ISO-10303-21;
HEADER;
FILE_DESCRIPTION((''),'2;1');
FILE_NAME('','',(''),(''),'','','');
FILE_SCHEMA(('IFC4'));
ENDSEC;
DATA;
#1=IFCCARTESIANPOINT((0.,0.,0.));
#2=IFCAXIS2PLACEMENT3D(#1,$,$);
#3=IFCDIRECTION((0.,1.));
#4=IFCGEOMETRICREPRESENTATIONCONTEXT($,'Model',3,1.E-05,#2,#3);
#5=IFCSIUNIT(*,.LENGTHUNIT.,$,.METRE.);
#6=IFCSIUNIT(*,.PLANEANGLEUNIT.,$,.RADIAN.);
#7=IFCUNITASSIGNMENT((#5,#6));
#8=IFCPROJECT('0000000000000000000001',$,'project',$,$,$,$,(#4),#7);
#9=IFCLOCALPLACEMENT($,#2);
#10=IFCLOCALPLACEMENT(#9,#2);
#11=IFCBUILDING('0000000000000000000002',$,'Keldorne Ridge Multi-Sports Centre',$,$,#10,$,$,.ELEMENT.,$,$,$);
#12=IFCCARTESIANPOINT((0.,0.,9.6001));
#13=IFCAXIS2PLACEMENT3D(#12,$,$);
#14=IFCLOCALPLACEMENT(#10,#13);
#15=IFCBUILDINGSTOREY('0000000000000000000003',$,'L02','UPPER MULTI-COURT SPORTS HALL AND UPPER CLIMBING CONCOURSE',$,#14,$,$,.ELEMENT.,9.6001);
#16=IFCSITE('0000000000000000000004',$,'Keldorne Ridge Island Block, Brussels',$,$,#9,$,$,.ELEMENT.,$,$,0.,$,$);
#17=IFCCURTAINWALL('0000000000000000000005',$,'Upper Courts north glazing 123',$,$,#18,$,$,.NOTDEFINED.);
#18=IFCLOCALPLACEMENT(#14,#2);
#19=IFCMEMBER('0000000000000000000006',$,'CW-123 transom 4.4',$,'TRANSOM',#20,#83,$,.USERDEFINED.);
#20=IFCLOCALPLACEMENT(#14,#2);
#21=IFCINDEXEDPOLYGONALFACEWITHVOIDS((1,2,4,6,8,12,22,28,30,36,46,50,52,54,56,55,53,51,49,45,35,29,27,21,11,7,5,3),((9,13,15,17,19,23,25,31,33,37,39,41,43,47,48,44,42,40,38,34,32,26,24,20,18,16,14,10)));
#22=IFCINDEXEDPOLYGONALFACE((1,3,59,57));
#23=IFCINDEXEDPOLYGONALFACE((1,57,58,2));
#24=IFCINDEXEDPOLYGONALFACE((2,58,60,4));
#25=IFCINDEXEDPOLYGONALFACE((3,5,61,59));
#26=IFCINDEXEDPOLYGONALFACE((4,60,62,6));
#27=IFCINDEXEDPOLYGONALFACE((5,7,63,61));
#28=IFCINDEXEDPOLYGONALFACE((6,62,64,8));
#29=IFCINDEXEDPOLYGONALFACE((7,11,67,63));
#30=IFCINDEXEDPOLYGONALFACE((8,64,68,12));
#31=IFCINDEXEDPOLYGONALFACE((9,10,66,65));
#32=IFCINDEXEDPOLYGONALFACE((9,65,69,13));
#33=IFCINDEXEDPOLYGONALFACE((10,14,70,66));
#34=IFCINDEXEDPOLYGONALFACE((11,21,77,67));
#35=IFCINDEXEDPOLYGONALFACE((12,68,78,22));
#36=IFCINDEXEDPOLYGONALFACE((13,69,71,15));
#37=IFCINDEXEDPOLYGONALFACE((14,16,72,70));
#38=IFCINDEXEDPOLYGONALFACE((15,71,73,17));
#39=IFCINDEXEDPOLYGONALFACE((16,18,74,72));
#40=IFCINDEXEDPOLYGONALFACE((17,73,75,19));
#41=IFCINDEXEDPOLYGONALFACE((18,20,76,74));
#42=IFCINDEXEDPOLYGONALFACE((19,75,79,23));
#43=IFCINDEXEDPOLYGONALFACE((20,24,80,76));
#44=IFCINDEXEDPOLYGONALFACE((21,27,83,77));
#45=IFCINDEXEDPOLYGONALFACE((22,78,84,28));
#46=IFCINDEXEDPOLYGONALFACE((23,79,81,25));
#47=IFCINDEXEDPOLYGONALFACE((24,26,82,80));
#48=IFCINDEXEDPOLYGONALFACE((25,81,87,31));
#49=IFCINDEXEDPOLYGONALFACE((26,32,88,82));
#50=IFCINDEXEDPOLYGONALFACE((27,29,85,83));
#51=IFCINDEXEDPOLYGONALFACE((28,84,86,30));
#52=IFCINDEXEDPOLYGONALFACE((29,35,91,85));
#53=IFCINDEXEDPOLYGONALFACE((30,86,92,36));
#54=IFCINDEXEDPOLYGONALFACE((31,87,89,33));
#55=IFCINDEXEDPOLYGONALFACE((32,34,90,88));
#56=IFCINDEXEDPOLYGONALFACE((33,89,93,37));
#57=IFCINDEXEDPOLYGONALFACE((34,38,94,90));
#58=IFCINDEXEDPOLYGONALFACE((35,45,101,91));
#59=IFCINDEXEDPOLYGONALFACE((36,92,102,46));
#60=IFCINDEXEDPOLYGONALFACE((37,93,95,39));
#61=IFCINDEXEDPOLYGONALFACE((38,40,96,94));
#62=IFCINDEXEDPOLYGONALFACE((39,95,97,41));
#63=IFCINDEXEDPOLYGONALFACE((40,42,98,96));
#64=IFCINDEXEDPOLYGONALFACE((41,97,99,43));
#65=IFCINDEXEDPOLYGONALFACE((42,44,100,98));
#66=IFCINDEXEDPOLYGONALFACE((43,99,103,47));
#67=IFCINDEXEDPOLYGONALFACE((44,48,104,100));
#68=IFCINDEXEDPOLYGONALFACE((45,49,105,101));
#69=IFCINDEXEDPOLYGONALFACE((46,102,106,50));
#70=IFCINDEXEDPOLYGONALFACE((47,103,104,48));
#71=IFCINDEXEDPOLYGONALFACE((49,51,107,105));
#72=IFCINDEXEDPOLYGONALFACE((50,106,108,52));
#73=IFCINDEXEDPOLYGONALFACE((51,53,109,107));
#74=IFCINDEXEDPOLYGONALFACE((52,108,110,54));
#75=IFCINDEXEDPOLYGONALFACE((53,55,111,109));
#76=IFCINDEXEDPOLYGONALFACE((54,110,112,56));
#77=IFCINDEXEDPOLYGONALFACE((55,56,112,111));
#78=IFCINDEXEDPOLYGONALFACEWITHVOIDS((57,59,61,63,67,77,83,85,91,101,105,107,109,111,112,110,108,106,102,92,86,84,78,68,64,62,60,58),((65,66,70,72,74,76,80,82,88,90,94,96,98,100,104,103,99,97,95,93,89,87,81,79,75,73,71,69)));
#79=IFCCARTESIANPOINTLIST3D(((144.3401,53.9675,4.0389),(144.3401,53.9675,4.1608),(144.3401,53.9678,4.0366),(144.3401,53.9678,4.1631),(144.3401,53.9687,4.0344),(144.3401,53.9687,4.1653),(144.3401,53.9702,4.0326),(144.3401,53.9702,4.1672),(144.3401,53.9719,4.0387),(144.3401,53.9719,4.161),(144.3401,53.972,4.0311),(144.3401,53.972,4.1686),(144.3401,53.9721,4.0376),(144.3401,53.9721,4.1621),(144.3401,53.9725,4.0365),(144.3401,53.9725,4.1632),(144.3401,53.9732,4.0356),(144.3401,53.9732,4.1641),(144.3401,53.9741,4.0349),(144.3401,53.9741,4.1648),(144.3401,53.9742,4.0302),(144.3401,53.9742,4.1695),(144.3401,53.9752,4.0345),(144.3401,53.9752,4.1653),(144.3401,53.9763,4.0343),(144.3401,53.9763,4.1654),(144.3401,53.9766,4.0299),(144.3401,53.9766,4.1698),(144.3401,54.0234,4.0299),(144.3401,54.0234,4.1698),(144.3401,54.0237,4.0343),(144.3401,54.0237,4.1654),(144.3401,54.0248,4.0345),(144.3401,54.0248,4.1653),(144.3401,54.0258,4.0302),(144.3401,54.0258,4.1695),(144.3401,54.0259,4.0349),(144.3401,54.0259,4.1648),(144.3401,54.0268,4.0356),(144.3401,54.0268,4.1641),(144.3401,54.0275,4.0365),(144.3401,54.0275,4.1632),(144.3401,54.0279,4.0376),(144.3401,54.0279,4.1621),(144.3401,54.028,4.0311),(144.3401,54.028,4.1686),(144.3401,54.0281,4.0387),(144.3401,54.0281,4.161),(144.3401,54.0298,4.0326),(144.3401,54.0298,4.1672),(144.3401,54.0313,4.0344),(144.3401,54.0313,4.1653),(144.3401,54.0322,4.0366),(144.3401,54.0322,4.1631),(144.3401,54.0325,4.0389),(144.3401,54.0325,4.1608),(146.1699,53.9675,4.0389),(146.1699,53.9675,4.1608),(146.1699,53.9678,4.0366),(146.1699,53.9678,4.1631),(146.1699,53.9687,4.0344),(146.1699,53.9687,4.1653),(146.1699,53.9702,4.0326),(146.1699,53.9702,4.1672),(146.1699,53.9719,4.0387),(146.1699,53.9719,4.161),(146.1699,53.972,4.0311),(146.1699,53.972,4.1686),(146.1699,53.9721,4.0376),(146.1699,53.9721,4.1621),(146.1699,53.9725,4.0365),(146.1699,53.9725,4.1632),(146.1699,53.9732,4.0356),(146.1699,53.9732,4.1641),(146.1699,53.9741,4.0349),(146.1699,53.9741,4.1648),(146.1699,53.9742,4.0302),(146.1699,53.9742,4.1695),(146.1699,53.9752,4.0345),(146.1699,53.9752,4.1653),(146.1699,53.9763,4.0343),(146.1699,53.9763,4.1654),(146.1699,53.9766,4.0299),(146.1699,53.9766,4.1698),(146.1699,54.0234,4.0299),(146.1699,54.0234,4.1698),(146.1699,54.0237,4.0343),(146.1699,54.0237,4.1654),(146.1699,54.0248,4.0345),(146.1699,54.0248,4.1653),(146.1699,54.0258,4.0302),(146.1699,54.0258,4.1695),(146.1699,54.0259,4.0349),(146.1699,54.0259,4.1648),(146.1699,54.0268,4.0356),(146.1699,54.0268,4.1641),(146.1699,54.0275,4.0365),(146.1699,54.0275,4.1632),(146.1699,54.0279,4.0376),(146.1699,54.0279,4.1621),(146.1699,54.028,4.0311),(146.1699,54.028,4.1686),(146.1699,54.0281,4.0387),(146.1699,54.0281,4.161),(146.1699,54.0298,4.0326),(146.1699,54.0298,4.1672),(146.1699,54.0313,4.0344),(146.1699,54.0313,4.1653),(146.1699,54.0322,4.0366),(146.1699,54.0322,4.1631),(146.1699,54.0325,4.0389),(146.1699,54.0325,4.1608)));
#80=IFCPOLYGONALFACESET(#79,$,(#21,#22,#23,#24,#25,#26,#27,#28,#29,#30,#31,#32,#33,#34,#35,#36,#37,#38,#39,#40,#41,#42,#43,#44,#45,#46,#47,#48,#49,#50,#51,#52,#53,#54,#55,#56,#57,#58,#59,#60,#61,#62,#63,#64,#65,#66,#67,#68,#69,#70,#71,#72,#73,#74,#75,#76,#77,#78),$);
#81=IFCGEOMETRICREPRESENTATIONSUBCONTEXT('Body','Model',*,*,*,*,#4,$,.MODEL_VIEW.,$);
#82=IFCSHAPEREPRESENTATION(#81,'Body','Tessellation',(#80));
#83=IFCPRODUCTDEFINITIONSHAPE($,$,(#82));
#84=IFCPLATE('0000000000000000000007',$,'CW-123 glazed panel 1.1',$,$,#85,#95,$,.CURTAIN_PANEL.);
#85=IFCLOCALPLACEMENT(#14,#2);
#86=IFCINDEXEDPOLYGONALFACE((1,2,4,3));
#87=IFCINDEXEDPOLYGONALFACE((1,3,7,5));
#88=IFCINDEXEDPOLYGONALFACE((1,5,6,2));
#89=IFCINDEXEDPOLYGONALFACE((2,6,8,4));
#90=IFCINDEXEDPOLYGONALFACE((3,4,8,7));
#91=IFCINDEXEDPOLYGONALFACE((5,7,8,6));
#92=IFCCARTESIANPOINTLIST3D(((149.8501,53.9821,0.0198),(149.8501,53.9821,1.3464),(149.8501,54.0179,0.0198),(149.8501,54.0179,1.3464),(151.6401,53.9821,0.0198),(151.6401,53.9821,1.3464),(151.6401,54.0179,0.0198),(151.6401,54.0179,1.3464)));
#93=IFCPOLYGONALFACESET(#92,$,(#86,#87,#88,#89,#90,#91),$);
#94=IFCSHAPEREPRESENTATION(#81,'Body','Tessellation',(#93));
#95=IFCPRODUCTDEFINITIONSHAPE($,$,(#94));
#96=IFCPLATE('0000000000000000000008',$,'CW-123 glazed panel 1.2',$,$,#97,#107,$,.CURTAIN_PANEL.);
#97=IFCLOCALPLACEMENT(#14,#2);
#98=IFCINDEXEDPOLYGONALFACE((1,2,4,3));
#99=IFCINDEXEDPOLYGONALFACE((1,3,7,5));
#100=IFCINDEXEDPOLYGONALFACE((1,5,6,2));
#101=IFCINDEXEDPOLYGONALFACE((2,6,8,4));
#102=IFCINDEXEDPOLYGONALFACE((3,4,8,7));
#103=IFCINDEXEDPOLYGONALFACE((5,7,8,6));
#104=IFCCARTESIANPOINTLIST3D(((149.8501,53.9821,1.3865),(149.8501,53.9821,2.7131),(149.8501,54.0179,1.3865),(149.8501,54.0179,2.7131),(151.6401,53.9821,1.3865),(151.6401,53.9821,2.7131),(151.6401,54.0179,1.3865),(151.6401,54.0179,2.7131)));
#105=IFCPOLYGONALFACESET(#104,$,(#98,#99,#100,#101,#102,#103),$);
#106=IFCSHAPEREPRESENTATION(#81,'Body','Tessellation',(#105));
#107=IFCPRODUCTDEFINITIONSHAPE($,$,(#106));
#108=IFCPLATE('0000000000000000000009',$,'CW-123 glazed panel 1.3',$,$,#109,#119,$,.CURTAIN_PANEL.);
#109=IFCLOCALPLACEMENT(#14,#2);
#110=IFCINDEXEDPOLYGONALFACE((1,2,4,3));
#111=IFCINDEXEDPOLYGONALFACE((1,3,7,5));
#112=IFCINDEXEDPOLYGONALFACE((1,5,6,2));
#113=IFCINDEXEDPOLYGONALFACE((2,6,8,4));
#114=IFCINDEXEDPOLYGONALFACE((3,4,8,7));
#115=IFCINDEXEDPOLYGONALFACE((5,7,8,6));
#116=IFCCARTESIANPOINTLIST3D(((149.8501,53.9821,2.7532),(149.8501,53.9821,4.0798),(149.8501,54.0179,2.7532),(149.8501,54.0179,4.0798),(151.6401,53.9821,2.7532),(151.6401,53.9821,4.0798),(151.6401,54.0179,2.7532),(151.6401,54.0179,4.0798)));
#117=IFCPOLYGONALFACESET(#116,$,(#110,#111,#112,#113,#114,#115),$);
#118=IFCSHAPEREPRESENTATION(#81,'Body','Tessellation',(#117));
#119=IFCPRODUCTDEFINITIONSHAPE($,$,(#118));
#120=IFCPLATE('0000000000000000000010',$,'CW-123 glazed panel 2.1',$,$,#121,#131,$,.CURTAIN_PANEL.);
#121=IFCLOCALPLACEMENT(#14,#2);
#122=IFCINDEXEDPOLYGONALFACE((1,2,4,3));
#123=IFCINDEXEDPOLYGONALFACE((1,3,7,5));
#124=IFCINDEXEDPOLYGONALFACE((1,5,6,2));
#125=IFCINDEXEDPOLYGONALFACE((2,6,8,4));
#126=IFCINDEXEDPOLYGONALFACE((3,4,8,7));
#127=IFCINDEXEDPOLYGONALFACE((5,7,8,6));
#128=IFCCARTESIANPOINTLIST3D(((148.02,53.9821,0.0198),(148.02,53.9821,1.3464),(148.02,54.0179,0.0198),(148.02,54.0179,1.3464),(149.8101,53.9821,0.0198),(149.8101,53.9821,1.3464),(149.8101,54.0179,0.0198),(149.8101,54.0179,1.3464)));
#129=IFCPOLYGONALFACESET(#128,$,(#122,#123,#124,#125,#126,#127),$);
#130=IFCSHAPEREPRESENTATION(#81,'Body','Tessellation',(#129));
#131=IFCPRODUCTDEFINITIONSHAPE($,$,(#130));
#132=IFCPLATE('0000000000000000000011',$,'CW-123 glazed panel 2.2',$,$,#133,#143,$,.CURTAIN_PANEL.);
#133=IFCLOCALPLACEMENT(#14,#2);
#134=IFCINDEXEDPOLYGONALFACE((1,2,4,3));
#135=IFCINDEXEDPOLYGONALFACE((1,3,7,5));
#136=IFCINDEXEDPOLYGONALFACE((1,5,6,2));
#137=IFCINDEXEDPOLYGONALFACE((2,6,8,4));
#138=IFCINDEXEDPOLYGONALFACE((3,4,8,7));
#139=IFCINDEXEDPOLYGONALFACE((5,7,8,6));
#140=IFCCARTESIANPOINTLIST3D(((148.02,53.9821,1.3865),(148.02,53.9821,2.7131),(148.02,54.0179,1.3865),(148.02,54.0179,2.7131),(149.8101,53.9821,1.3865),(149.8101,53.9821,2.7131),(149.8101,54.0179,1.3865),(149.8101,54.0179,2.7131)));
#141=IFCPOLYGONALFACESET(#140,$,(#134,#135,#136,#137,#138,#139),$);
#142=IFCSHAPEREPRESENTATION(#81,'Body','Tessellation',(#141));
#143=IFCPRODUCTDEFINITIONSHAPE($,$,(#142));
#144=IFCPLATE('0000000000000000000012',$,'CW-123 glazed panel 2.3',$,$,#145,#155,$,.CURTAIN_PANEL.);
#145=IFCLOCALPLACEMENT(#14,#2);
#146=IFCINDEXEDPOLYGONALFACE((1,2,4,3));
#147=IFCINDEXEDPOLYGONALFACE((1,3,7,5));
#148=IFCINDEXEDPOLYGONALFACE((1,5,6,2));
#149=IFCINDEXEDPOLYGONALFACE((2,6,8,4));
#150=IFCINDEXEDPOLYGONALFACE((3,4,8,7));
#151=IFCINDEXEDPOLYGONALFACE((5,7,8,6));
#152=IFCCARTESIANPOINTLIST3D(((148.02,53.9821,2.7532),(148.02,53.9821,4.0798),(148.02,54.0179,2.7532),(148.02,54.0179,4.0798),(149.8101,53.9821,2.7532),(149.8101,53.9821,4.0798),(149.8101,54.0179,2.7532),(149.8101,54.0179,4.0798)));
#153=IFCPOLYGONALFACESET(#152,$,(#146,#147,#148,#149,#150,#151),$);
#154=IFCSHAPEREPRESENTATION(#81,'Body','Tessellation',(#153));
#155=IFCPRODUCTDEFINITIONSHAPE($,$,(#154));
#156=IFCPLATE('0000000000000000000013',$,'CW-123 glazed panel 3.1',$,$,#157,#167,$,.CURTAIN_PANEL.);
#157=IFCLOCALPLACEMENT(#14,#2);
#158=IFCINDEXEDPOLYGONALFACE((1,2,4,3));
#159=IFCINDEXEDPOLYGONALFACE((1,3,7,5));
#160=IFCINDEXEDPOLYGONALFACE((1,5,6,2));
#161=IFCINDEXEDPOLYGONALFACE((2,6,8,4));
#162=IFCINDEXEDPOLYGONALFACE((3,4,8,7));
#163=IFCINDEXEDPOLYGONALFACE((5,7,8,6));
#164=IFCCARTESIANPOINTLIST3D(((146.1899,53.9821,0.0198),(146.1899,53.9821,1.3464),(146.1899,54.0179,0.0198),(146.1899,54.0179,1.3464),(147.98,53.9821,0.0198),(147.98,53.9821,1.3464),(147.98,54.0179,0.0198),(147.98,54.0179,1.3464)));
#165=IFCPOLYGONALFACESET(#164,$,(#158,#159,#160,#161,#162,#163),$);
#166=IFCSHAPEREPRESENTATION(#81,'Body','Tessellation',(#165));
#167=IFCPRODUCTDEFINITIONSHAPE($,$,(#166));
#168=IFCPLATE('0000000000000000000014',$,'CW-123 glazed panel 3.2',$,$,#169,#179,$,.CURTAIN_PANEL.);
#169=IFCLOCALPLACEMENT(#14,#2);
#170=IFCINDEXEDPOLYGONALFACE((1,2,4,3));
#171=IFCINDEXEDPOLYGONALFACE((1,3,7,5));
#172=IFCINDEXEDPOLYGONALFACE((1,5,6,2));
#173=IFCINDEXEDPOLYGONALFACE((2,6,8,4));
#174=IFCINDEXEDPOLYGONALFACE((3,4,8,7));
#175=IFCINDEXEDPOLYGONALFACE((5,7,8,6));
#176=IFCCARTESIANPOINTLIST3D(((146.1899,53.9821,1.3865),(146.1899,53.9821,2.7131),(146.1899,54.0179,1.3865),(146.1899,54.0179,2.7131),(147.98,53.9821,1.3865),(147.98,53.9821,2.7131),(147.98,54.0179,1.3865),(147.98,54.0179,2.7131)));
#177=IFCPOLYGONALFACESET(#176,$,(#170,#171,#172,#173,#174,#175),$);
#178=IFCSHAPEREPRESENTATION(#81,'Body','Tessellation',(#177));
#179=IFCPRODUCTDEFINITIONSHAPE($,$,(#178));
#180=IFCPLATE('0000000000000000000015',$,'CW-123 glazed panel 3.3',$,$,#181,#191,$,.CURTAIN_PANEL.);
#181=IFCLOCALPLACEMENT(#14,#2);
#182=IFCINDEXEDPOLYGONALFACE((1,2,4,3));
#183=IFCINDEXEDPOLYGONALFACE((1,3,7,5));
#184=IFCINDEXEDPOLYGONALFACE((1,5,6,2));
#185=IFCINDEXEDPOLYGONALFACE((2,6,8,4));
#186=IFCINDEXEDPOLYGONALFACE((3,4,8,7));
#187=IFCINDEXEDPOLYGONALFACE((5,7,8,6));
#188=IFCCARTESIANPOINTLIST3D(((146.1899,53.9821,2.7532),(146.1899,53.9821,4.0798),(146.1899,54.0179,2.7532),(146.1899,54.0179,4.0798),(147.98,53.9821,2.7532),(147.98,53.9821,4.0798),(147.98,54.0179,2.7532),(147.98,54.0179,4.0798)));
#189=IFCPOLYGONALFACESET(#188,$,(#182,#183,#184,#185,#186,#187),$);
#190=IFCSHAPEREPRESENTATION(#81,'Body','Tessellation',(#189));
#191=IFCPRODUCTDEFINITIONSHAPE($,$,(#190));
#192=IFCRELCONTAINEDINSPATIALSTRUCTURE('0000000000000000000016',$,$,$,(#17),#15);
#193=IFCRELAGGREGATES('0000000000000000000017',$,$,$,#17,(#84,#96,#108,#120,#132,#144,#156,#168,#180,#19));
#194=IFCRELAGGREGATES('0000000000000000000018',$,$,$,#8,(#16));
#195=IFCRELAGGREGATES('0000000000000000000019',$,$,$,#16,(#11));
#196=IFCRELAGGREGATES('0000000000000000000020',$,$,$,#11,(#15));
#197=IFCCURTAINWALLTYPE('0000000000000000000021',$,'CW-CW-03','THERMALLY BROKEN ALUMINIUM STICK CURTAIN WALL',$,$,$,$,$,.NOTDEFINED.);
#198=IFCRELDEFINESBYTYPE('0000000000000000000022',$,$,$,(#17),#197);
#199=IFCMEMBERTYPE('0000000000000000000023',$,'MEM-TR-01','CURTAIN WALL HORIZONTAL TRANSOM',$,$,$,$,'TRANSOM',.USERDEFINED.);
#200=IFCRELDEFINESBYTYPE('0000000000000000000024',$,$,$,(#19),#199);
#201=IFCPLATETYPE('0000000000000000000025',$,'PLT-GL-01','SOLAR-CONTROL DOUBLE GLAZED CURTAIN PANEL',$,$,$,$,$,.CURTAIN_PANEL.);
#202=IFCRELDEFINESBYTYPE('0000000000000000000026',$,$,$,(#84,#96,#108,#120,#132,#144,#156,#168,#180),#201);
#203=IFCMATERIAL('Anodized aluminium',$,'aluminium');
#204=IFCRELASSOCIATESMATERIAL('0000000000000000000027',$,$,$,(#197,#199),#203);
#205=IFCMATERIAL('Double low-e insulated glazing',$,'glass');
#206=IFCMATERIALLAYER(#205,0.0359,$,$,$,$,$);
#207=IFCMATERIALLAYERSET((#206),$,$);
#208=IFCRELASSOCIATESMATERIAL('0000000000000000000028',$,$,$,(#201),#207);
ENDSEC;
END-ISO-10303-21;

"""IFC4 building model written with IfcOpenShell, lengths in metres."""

from ifc_helpers import new_model, si_unit, direction, frame, origin, origin_2d, place, context, subcontext, project, spatial, rectangle, hollow_rectangle, extrude, material, layer, layer_set, material_profile, profile_set, type_object, element, aggregate, save


model = new_model("IFC4")

# Units and contexts
model_context = context("Model", 3, precision=1e-05, world=origin(), true_north=direction((0.0, 1.0)))
body_context = subcontext(model_context, "Body", "Model", "MODEL_VIEW")
ifc_project = project(units=[si_unit("LENGTHUNIT", "METRE"), si_unit("PLANEANGLEUNIT", "RADIAN")], contexts=[model_context])

# Site, building, storey
site_placement = place(None, origin())
site = spatial("IfcSite", under=ifc_project, at=site_placement, Name="Keldorne Ridge Island Block, Brussels", CompositionType="ELEMENT", RefElevation=0.0)
building_placement = place(site_placement, origin())
building = spatial("IfcBuilding", under=site, at=building_placement, Name="Keldorne Ridge Multi-Sports Centre", CompositionType="ELEMENT")
storey_placement = place(building_placement, frame((0.0, 0.0, 9.6001)))
storey = spatial("IfcBuildingStorey", under=building, at=storey_placement, Name="L02", Description="UPPER MULTI-COURT SPORTS HALL AND UPPER CLIMBING CONCOURSE", CompositionType="ELEMENT", Elevation=9.6001)

# Curtain wall, member, plates
ifc_material_1 = material(Name="Anodized aluminium", Category="aluminium")
curtain_wall_type = type_object("IfcCurtainWallType", Name="CW-CW-03", Description="THERMALLY BROKEN ALUMINIUM STICK CURTAIN WALL", PredefinedType="NOTDEFINED", material=ifc_material_1)
curtain_wall_placement = place(storey_placement, origin())
curtain_wall = element("IfcCurtainWall", 1, at=curtain_wall_placement, inside=storey, type_object=curtain_wall_type, Name="Upper Courts north glazing 123", PredefinedType="NOTDEFINED")
ifc_material_profile_1 = material_profile(ifc_material_1, hollow_rectangle(XDim=0.0649, YDim=0.1399, WallThickness=0.0044, InnerFilletRadius=0.0044, OuterFilletRadius=0.009, at=origin_2d()), Name="ALU TRANSOM 140x65x4.5")
ifc_profile_set_1 = profile_set([ifc_material_profile_1], Name="Anodized aluminium")
member_type_1 = type_object("IfcMemberType", Name="MEM-TR-01", Description="CURTAIN WALL HORIZONTAL TRANSOM", ElementType="TRANSOM", PredefinedType="USERDEFINED", material=ifc_profile_set_1)
member_1_placement = place(storey_placement, frame((146.1699, 54.0, 4.0999), z_axis=(-1.0, 0.0, 0.0), x_axis=(0.0, -1.0, 0.0)))
member_1 = element("IfcMember", 2, at=member_1_placement, type_object=member_type_1, Name="CW-123 transom 4.4", ObjectType="TRANSOM", PredefinedType="USERDEFINED", context=body_context, shape_type="SweptSolid", body=[
    extrude(hollow_rectangle(XDim=0.0649, YDim=0.1399, WallThickness=0.0044, InnerFilletRadius=0.0044, OuterFilletRadius=0.009, at=origin_2d()), origin(), (0.0, 0.0, 1.0), 1.8298),
])
ifc_material_2 = material(Name="Double low-e insulated glazing", Category="glass")
ifc_layer = layer(ifc_material_2, 0.0359)
ifc_layer_set = layer_set([ifc_layer])
plate_type = type_object("IfcPlateType", Name="PLT-GL-01", Description="SOLAR-CONTROL DOUBLE GLAZED CURTAIN PANEL", PredefinedType="CURTAIN_PANEL", material=ifc_layer_set)
plate_1_placement = place(storey_placement, frame((150.7451, 54.0, 0.0198), z_axis=(0.0, 0.0, 1.0), x_axis=(-1.0, 0.0, 0.0)))
plate_1 = element("IfcPlate", 3, at=plate_1_placement, type_object=plate_type, Name="CW-123 glazed panel 1.1", PredefinedType="CURTAIN_PANEL", context=body_context, shape_type="SweptSolid", body=[
    extrude(rectangle(XDim=1.79, YDim=0.0359, at=origin_2d()), origin(), (0.0, 0.0, 1.0), 1.3267),
])
plate_2_placement = place(storey_placement, frame((150.7451, 54.0, 1.3865), z_axis=(0.0, 0.0, 1.0), x_axis=(-1.0, 0.0, 0.0)))
plate_2 = element("IfcPlate", 4, at=plate_2_placement, type_object=plate_type, Name="CW-123 glazed panel 1.2", PredefinedType="CURTAIN_PANEL", context=body_context, shape_type="SweptSolid", body=[
    extrude(rectangle(XDim=1.79, YDim=0.0359, at=origin_2d()), origin(), (0.0, 0.0, 1.0), 1.3267),
])
plate_3_placement = place(storey_placement, frame((150.7451, 54.0, 2.7532), z_axis=(0.0, 0.0, 1.0), x_axis=(-1.0, 0.0, 0.0)))
plate_3 = element("IfcPlate", 5, at=plate_3_placement, type_object=plate_type, Name="CW-123 glazed panel 1.3", PredefinedType="CURTAIN_PANEL", context=body_context, shape_type="SweptSolid", body=[
    extrude(rectangle(XDim=1.79, YDim=0.0359, at=origin_2d()), origin(), (0.0, 0.0, 1.0), 1.3267),
])
plate_4_placement = place(storey_placement, frame((148.915, 54.0, 0.0198), z_axis=(0.0, 0.0, 1.0), x_axis=(-1.0, 0.0, 0.0)))
plate_4 = element("IfcPlate", 6, at=plate_4_placement, type_object=plate_type, Name="CW-123 glazed panel 2.1", PredefinedType="CURTAIN_PANEL", context=body_context, shape_type="SweptSolid", body=[
    extrude(rectangle(XDim=1.79, YDim=0.0359, at=origin_2d()), origin(), (0.0, 0.0, 1.0), 1.3267),
])
plate_5_placement = place(storey_placement, frame((148.915, 54.0, 1.3865), z_axis=(0.0, 0.0, 1.0), x_axis=(-1.0, 0.0, 0.0)))
plate_5 = element("IfcPlate", 7, at=plate_5_placement, type_object=plate_type, Name="CW-123 glazed panel 2.2", PredefinedType="CURTAIN_PANEL", context=body_context, shape_type="SweptSolid", body=[
    extrude(rectangle(XDim=1.79, YDim=0.0359, at=origin_2d()), origin(), (0.0, 0.0, 1.0), 1.3267),
])
plate_6_placement = place(storey_placement, frame((148.915, 54.0, 2.7532), z_axis=(0.0, 0.0, 1.0), x_axis=(-1.0, 0.0, 0.0)))
plate_6 = element("IfcPlate", 8, at=plate_6_placement, type_object=plate_type, Name="CW-123 glazed panel 2.3", PredefinedType="CURTAIN_PANEL", context=body_context, shape_type="SweptSolid", body=[
    extrude(rectangle(XDim=1.79, YDim=0.0359, at=origin_2d()), origin(), (0.0, 0.0, 1.0), 1.3267),
])
plate_7_placement = place(storey_placement, frame((147.085, 54.0, 0.0198), z_axis=(0.0, 0.0, 1.0), x_axis=(-1.0, 0.0, 0.0)))
plate_7 = element("IfcPlate", 9, at=plate_7_placement, type_object=plate_type, Name="CW-123 glazed panel 3.1", PredefinedType="CURTAIN_PANEL", context=body_context, shape_type="SweptSolid", body=[
    extrude(rectangle(XDim=1.79, YDim=0.0359, at=origin_2d()), origin(), (0.0, 0.0, 1.0), 1.3267),
])
plate_8_placement = place(storey_placement, frame((147.085, 54.0, 1.3865), z_axis=(0.0, 0.0, 1.0), x_axis=(-1.0, 0.0, 0.0)))
plate_8 = element("IfcPlate", 10, at=plate_8_placement, type_object=plate_type, Name="CW-123 glazed panel 3.2", PredefinedType="CURTAIN_PANEL", context=body_context, shape_type="SweptSolid", body=[
    extrude(rectangle(XDim=1.79, YDim=0.0359, at=origin_2d()), origin(), (0.0, 0.0, 1.0), 1.3267),
])
plate_9_placement = place(storey_placement, frame((147.085, 54.0, 2.7532), z_axis=(0.0, 0.0, 1.0), x_axis=(-1.0, 0.0, 0.0)))
plate_9 = element("IfcPlate", 11, at=plate_9_placement, type_object=plate_type, Name="CW-123 glazed panel 3.3", PredefinedType="CURTAIN_PANEL", context=body_context, shape_type="SweptSolid", body=[
    extrude(rectangle(XDim=1.79, YDim=0.0359, at=origin_2d()), origin(), (0.0, 0.0, 1.0), 1.3267),
])
aggregate(curtain_wall, [plate_1, plate_2, plate_3, plate_4, plate_5, plate_6, plate_7, plate_8, plate_9, member_1])

save(model, "model.ifc")
